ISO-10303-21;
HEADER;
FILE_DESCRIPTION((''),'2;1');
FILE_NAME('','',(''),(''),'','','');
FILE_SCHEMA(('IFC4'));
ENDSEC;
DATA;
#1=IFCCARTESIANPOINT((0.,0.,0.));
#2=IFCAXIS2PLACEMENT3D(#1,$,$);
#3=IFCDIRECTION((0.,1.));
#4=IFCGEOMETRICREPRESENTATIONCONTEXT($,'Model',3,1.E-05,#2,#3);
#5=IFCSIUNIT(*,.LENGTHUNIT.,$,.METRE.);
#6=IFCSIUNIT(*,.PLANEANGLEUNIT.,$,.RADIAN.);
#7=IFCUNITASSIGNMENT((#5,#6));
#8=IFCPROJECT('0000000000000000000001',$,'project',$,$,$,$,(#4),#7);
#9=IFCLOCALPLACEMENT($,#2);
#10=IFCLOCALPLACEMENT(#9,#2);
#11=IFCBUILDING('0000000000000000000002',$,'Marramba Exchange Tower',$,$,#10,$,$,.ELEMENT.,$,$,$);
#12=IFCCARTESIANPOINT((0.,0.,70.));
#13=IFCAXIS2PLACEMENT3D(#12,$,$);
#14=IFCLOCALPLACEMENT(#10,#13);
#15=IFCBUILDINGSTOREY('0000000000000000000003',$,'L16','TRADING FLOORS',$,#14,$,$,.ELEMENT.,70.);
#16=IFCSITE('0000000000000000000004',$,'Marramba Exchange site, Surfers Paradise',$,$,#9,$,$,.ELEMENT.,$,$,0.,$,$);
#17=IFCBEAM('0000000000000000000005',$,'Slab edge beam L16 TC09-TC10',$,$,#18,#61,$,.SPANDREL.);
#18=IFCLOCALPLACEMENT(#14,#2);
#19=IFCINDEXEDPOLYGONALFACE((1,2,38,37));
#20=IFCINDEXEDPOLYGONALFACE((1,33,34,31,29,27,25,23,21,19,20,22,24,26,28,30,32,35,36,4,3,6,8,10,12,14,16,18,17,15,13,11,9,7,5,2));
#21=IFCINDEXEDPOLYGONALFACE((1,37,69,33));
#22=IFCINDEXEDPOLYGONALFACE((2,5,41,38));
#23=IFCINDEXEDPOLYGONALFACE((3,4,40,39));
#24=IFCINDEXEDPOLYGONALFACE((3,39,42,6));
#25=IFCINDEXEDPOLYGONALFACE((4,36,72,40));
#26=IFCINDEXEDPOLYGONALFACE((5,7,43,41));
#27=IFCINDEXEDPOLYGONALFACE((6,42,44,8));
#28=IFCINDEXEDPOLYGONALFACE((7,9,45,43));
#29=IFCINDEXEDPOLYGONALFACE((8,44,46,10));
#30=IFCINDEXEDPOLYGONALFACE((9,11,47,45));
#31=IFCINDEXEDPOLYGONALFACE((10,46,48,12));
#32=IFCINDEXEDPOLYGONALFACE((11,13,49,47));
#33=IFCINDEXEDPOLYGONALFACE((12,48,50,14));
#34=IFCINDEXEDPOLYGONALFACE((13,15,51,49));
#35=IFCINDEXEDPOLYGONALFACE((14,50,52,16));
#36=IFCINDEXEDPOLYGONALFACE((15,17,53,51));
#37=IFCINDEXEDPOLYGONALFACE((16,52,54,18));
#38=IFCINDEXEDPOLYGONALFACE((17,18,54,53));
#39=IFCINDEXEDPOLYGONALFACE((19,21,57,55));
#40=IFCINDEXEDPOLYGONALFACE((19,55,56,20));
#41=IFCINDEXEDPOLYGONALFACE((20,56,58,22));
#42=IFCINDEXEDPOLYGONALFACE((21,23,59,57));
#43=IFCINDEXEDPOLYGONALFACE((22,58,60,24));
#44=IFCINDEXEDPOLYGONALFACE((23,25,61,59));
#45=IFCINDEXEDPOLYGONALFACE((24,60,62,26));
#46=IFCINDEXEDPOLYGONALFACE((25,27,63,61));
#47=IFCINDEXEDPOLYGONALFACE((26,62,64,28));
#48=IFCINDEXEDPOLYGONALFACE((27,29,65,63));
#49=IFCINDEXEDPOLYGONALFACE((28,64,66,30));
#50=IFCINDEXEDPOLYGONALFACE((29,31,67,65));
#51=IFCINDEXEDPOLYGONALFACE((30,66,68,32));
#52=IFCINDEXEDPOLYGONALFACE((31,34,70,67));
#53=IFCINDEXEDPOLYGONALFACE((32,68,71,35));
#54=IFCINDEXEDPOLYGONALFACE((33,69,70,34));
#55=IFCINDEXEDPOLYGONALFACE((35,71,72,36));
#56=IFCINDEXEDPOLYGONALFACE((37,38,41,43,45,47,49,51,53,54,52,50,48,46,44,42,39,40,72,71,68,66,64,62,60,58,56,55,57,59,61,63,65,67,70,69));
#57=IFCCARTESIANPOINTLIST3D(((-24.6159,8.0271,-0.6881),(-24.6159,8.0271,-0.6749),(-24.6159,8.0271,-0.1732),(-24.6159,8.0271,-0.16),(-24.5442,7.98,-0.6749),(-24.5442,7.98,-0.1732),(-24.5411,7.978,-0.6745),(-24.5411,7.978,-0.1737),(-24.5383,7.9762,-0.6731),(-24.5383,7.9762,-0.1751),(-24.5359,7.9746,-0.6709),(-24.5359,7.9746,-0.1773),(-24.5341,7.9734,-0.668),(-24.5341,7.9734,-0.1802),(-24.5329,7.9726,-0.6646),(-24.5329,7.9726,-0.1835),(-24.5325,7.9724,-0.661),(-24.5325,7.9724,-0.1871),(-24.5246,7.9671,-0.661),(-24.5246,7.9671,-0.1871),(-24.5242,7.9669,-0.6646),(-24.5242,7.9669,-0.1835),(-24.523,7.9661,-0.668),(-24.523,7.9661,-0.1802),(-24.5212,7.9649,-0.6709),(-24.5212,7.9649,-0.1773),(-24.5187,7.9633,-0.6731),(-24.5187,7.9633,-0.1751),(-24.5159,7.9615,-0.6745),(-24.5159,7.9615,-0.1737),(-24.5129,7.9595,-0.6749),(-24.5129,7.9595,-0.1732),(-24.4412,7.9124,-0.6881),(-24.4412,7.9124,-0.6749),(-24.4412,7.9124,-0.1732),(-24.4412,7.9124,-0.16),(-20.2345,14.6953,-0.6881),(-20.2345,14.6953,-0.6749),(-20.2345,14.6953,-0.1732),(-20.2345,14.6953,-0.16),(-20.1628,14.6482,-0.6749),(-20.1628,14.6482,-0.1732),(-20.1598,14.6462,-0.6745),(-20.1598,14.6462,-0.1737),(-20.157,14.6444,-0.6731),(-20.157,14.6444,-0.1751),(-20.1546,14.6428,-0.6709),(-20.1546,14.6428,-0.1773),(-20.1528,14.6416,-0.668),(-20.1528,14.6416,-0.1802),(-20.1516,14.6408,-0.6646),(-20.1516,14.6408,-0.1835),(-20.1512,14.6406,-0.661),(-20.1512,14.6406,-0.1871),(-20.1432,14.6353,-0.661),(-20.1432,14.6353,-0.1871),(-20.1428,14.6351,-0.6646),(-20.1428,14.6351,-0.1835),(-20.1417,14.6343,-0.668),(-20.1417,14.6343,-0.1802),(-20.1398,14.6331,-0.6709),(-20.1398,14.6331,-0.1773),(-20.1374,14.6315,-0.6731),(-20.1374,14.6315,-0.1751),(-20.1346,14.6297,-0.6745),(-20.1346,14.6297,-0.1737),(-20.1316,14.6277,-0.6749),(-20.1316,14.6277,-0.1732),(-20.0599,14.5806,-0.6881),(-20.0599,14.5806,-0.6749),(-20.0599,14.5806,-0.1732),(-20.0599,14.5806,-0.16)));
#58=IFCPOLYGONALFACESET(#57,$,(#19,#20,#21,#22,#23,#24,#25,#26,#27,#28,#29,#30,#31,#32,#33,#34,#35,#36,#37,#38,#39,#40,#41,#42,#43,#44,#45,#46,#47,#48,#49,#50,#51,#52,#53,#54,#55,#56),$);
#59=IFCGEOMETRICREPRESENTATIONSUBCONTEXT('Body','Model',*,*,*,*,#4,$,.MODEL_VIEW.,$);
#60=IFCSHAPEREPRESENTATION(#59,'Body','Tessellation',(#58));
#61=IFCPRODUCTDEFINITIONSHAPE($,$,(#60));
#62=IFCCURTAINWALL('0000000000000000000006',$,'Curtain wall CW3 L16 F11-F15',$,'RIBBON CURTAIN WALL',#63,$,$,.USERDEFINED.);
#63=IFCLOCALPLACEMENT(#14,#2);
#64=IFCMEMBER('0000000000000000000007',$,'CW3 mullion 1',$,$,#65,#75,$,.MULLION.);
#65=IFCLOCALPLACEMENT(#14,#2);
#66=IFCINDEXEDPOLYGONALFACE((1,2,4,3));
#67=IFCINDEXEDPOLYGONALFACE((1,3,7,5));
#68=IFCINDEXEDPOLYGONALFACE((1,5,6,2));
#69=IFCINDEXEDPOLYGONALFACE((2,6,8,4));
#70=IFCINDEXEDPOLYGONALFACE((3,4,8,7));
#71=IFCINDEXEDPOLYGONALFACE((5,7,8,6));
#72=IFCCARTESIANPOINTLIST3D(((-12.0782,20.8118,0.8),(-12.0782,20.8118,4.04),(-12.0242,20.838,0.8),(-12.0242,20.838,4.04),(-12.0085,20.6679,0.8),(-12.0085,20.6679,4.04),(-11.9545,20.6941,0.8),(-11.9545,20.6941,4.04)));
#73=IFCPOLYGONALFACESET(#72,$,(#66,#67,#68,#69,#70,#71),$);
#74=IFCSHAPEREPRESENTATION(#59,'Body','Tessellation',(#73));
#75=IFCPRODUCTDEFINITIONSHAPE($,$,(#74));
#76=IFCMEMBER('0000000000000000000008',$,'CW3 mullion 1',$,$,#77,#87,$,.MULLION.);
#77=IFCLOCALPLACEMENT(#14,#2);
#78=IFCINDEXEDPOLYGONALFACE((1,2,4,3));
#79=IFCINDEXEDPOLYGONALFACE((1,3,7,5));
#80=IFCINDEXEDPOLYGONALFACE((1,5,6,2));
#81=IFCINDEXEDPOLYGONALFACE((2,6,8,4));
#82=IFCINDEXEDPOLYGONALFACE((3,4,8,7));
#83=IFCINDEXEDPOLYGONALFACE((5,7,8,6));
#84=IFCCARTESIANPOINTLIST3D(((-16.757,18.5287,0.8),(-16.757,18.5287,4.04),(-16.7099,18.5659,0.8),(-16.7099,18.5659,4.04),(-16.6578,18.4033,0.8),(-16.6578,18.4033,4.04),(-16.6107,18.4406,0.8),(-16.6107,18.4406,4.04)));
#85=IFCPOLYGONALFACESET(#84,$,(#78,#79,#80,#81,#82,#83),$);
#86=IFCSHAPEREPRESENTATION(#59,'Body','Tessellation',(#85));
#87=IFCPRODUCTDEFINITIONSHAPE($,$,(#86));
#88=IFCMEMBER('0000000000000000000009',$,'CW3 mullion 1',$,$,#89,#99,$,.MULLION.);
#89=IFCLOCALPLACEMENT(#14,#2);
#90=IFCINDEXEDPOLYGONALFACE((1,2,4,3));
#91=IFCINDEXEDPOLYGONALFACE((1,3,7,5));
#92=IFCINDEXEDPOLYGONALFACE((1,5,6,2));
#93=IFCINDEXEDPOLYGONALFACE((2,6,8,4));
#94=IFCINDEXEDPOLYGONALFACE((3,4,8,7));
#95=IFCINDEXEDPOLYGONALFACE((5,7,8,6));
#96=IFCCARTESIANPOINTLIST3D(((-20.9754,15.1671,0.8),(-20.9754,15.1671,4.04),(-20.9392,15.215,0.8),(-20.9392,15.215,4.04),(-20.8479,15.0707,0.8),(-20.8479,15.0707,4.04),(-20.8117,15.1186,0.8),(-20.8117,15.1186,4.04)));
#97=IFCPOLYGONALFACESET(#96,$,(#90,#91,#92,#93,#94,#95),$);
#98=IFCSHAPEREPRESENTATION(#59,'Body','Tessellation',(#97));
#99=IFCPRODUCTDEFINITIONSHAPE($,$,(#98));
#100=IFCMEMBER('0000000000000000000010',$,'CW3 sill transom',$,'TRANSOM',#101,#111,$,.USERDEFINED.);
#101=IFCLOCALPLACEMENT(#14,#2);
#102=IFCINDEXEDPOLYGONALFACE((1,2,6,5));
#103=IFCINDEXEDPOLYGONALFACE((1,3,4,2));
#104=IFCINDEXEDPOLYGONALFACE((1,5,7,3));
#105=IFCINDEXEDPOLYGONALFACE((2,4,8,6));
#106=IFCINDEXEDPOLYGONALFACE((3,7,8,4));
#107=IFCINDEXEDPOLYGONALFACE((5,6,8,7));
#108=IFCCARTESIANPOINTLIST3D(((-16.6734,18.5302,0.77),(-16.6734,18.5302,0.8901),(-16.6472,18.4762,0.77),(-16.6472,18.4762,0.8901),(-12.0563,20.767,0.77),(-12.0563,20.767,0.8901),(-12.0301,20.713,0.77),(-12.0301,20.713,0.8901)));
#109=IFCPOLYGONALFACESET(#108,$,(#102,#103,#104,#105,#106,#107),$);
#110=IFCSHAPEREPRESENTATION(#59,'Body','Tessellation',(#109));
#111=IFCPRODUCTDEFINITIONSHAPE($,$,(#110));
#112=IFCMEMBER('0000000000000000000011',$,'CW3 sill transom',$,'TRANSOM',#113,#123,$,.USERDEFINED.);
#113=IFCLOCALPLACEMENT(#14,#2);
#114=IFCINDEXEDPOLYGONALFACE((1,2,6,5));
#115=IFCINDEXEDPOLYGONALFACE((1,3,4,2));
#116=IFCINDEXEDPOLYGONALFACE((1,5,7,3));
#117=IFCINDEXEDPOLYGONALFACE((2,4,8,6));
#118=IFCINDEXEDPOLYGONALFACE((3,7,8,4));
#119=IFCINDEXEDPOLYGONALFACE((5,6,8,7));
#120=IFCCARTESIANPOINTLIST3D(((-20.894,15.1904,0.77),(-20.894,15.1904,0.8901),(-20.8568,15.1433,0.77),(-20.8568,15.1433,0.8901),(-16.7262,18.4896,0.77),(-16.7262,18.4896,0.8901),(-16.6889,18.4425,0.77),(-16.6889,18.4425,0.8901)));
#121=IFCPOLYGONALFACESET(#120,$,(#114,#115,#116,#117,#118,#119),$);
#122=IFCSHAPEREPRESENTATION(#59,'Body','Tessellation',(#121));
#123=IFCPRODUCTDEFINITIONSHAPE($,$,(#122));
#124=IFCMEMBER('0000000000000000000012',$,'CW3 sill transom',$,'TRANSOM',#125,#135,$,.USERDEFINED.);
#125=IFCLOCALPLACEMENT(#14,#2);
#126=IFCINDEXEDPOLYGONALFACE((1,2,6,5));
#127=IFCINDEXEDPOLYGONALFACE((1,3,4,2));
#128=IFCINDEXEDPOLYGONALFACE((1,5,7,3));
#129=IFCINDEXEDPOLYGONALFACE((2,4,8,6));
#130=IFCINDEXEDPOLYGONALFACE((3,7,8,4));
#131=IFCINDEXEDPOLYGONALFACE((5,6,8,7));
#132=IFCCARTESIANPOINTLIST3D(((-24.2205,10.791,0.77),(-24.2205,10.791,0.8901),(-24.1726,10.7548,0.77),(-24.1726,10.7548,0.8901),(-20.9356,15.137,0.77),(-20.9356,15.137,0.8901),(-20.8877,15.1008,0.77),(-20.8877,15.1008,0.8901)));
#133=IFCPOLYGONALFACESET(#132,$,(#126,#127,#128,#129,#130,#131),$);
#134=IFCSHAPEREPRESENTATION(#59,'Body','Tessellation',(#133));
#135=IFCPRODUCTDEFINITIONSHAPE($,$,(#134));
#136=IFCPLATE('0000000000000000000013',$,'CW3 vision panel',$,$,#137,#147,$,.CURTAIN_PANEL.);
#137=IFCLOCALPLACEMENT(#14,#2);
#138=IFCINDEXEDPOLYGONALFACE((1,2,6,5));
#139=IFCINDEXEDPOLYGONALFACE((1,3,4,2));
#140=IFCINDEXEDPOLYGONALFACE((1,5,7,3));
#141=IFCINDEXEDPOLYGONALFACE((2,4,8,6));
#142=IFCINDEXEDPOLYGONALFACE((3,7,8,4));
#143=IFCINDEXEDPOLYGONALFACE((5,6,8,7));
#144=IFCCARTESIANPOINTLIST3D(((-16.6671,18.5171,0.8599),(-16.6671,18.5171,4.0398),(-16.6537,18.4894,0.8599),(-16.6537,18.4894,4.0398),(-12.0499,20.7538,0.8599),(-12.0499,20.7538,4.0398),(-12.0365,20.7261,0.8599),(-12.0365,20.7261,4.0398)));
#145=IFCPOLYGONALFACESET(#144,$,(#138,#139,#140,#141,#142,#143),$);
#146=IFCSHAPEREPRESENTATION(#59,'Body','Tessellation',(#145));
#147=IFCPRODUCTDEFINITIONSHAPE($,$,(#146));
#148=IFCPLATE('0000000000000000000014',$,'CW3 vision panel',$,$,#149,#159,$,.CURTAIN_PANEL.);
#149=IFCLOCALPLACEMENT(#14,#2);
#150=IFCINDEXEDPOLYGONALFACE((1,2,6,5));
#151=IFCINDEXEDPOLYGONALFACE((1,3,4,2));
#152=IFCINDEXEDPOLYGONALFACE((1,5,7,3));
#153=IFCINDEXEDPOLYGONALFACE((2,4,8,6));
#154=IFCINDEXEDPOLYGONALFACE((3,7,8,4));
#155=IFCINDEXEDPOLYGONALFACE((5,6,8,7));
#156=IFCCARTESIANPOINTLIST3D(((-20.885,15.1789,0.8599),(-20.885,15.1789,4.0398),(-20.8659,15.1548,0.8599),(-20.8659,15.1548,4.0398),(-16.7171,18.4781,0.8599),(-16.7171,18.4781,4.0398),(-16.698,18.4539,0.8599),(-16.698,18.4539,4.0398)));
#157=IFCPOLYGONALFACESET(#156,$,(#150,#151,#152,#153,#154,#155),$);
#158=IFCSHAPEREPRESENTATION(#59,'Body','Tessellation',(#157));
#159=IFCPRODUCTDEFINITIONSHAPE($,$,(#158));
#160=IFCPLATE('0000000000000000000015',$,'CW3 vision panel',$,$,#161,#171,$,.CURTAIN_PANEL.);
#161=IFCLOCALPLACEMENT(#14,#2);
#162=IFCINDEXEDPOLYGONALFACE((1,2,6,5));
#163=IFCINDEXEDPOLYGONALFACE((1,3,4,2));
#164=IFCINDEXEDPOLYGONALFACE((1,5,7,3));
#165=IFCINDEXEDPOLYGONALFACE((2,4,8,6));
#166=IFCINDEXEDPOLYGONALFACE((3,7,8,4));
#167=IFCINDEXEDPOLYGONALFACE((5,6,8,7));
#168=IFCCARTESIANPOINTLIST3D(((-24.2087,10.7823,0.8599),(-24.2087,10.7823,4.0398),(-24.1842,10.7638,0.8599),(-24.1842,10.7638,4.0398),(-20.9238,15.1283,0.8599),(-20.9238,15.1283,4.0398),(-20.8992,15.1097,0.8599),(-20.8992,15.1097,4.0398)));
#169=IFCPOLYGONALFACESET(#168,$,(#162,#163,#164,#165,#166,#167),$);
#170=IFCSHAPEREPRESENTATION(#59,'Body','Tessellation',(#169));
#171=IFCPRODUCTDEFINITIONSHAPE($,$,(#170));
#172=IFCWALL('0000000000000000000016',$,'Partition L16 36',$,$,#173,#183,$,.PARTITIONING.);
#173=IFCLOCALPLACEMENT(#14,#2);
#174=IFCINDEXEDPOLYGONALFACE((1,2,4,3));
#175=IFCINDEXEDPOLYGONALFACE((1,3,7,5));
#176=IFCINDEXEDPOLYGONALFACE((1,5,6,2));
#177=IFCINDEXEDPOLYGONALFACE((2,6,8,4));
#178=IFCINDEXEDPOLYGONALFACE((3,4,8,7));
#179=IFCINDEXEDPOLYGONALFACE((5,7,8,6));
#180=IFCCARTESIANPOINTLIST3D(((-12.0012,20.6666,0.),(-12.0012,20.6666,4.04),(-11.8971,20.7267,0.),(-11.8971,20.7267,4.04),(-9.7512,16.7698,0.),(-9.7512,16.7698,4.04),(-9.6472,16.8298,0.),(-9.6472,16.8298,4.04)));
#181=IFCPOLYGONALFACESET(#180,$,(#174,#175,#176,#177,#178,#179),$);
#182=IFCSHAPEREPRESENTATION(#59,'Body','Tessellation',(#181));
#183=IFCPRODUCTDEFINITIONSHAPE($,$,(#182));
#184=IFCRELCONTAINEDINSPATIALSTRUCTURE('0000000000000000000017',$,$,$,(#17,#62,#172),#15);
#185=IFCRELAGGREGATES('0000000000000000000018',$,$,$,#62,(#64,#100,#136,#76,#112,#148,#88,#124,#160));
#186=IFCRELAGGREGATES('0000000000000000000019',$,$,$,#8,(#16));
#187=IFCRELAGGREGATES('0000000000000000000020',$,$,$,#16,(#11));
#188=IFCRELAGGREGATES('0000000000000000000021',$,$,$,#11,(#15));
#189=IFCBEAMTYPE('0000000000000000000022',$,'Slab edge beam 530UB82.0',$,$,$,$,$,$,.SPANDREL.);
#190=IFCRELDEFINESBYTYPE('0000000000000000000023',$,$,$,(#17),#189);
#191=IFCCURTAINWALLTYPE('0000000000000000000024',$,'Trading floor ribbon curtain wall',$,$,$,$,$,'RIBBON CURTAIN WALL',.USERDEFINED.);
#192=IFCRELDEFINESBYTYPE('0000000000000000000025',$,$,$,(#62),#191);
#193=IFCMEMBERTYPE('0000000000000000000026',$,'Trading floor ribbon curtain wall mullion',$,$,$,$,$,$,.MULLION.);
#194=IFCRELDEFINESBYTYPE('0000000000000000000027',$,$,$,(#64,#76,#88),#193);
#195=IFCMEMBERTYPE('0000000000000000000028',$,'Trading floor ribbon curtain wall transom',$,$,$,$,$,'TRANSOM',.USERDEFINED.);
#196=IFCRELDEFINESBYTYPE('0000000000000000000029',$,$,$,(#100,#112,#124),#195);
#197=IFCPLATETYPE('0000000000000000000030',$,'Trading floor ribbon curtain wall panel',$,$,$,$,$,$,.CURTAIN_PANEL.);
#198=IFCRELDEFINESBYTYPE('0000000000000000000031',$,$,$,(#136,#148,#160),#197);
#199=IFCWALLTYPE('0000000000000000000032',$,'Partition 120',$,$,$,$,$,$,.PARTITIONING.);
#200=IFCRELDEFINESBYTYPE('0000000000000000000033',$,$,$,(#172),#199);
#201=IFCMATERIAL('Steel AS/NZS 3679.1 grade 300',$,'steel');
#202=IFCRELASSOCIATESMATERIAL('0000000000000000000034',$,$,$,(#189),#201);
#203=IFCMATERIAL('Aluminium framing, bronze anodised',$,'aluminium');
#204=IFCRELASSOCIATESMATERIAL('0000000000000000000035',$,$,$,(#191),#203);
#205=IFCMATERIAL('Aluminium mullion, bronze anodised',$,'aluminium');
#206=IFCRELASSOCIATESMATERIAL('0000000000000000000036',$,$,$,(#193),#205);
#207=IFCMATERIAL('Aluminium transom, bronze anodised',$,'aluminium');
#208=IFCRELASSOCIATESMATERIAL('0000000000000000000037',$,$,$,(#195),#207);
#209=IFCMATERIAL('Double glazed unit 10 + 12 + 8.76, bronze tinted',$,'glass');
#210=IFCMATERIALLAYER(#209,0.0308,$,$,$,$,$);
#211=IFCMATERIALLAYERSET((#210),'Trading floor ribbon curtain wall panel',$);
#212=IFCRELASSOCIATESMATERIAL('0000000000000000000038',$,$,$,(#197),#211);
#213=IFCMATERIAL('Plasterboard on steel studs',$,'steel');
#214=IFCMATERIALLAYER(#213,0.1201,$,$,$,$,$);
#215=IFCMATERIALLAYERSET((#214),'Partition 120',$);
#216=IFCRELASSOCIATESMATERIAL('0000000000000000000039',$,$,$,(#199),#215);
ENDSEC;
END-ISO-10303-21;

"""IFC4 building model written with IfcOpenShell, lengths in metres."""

from ifc_helpers import new_model, si_unit, direction, frame, frame_2d, origin, origin_2d, place, context, subcontext, project, spatial, rectangle, i_section, extrude, material, layer, layer_set, material_profile, profile_set, type_object, element, aggregate, save


model = new_model("IFC4")

# Units and contexts
model_context = context("Model", 3, precision=1e-05, world=origin(), true_north=direction((0.0, 1.0)))
body_context = subcontext(model_context, "Body", "Model", "MODEL_VIEW")
ifc_project = project(units=[si_unit("LENGTHUNIT", "METRE"), si_unit("PLANEANGLEUNIT", "RADIAN")], contexts=[model_context])

# Site, building, storey
site_placement = place(None, origin())
site = spatial("IfcSite", under=ifc_project, at=site_placement, Name="Marramba Exchange site, Surfers Paradise", CompositionType="ELEMENT", RefElevation=0.0)
building_placement = place(site_placement, origin())
building = spatial("IfcBuilding", under=site, at=building_placement, Name="Marramba Exchange Tower", CompositionType="ELEMENT")
storey_placement = place(building_placement, frame((0.0, 0.0, 70.0)))
storey = spatial("IfcBuildingStorey", under=building, at=storey_placement, Name="L16", Description="TRADING FLOORS", CompositionType="ELEMENT", Elevation=70.0)

# Beam
ifc_material_1 = material(Name="Steel AS/NZS 3679.1 grade 300", Category="steel")
ifc_material_profile_1 = material_profile(ifc_material_1, i_section(OverallWidth=0.209, OverallDepth=0.5281, WebThickness=0.0095, FlangeThickness=0.0132, FilletRadius=0.0139, at=origin_2d()), Name="530UB82.0")
ifc_profile_set_1 = profile_set([ifc_material_profile_1], Name="Steel AS/NZS 3679.1 grade 300")
beam_type_1 = type_object("IfcBeamType", Name="Slab edge beam 530UB82.0", PredefinedType="SPANDREL", material=ifc_profile_set_1)
beam_1_placement = place(storey_placement, frame((-20.1472, 14.6379, -0.4241), z_axis=(-0.549124, -0.835741, 0.0), x_axis=(0.835741, -0.549124, 0.0)))
element("IfcBeam", 1, at=beam_1_placement, inside=storey, type_object=beam_type_1, Name="Slab edge beam L16 TC09-TC10", PredefinedType="SPANDREL", context=body_context, shape_type="SweptSolid", body=[
    extrude(i_section(OverallWidth=0.209, OverallDepth=0.5281, WebThickness=0.0095, FlangeThickness=0.0132, FilletRadius=0.0139, at=origin_2d()), origin(), (0.0, 0.0, 1.0), 7.9788),
])

# Curtain wall, members, plates
ifc_material_2 = material(Name="Aluminium framing, bronze anodised", Category="aluminium")
curtain_wall_type = type_object("IfcCurtainWallType", Name="Trading floor ribbon curtain wall", ElementType="RIBBON CURTAIN WALL", PredefinedType="USERDEFINED", material=ifc_material_2)
curtain_wall_placement = place(storey_placement, origin())
curtain_wall = element("IfcCurtainWall", 2, at=curtain_wall_placement, inside=storey, type_object=curtain_wall_type, Name="Curtain wall CW3 L16 F11-F15", ObjectType="RIBBON CURTAIN WALL", PredefinedType="USERDEFINED")
ifc_material_3 = material(Name="Aluminium mullion, bronze anodised", Category="aluminium")
ifc_material_profile_2 = material_profile(ifc_material_3, rectangle(XDim=0.1599, YDim=0.0601, at=origin_2d()), Name="CW3 mullion 60x160")
ifc_profile_set_2 = profile_set([ifc_material_profile_2], Name="Aluminium mullion, bronze anodised")
member_type_1 = type_object("IfcMemberType", Name="Trading floor ribbon curtain wall mullion", PredefinedType="MULLION", material=ifc_profile_set_2)
member_1_placement = place(storey_placement, frame((-12.0164, 20.7529, 0.8), z_axis=(0.0, 0.0, 1.0), x_axis=(0.435965, -0.899963, 0.0)))
member_1 = element("IfcMember", 3, at=member_1_placement, type_object=member_type_1, Name="CW3 mullion 1", PredefinedType="MULLION", context=body_context, shape_type="SweptSolid", body=[
    extrude(rectangle(XDim=0.1599, YDim=0.0601, at=origin_2d()), origin(), (0.0, 0.0, 1.0), 3.24),
])
member_2_placement = place(storey_placement, frame((-16.6838, 18.4846, 0.8), z_axis=(0.0, 0.0, 1.0), x_axis=(0.62065, -0.784088, 0.0)))
member_2 = element("IfcMember", 4, at=member_2_placement, type_object=member_type_1, Name="CW3 mullion 1", PredefinedType="MULLION", context=body_context, shape_type="SweptSolid", body=[
    extrude(rectangle(XDim=0.1599, YDim=0.0601, at=origin_2d()), origin(), (0.0, 0.0, 1.0), 3.24),
])
member_3_placement = place(storey_placement, frame((-20.8936, 15.1428, 0.8), z_axis=(0.0, 0.0, 1.0), x_axis=(0.797749, -0.60299, 0.0)))
member_3 = element("IfcMember", 5, at=member_3_placement, type_object=member_type_1, Name="CW3 mullion 1", PredefinedType="MULLION", context=body_context, shape_type="SweptSolid", body=[
    extrude(rectangle(XDim=0.1599, YDim=0.0601, at=origin_2d()), origin(), (0.0, 0.0, 1.0), 3.24),
])
ifc_material_4 = material(Name="Aluminium transom, bronze anodised", Category="aluminium")
ifc_material_profile_3 = material_profile(ifc_material_4, rectangle(XDim=0.0601, YDim=0.1201, at=origin_2d()), Name="CW3 transom 60x120")
ifc_profile_set_3 = profile_set([ifc_material_profile_3], Name="Aluminium transom, bronze anodised")
member_type_2 = type_object("IfcMemberType", Name="Trading floor ribbon curtain wall transom", ElementType="TRANSOM", PredefinedType="USERDEFINED", material=ifc_profile_set_3)
member_4_placement = place(storey_placement, frame((-12.0432, 20.74, 0.8301), z_axis=(-0.899953, -0.435986, 0.0), x_axis=(0.435986, -0.899953, 0.0)))
member_4 = element("IfcMember", 6, at=member_4_placement, type_object=member_type_2, Name="CW3 sill transom", ObjectType="TRANSOM", PredefinedType="USERDEFINED", context=body_context, shape_type="SweptSolid", body=[
    extrude(rectangle(XDim=0.0601, YDim=0.1201, at=origin_2d()), origin(), (0.0, 0.0, 1.0), 5.1304),
])
member_5_placement = place(storey_placement, frame((-16.7075, 18.4661, 0.8301), z_axis=(-0.784076, -0.620665, 0.0), x_axis=(0.620665, -0.784076, 0.0)))
member_5 = element("IfcMember", 7, at=member_5_placement, type_object=member_type_2, Name="CW3 sill transom", ObjectType="TRANSOM", PredefinedType="USERDEFINED", context=body_context, shape_type="SweptSolid", body=[
    extrude(rectangle(XDim=0.0601, YDim=0.1201, at=origin_2d()), origin(), (0.0, 0.0, 1.0), 5.3157),
])
member_6_placement = place(storey_placement, frame((-20.9116, 15.1189, 0.8301), z_axis=(-0.602986, -0.797752, 0.0), x_axis=(0.797752, -0.602986, 0.0)))
member_6 = element("IfcMember", 8, at=member_6_placement, type_object=member_type_2, Name="CW3 sill transom", ObjectType="TRANSOM", PredefinedType="USERDEFINED", context=body_context, shape_type="SweptSolid", body=[
    extrude(rectangle(XDim=0.0601, YDim=0.1201, at=origin_2d()), origin(), (0.0, 0.0, 1.0), 5.4478),
])
ifc_material_5 = material(Name="Double glazed unit 10 + 12 + 8.76, bronze tinted", Category="glass")
ifc_layer_1 = layer(ifc_material_5, 0.0308)
ifc_layer_set_1 = layer_set([ifc_layer_1], Name="Trading floor ribbon curtain wall panel")
plate_type = type_object("IfcPlateType", Name="Trading floor ribbon curtain wall panel", PredefinedType="CURTAIN_PANEL", material=ifc_layer_set_1)
plate_1_placement = place(storey_placement, frame((-14.3518, 19.6216, 0.8599), z_axis=(0.0, 0.0, 1.0), x_axis=(-0.899963, -0.435965, 0.0)))
plate_1 = element("IfcPlate", 9, at=plate_1_placement, type_object=plate_type, Name="CW3 vision panel", PredefinedType="CURTAIN_PANEL", context=body_context, shape_type="SweptSolid", body=[
    extrude(rectangle(XDim=5.1304, YDim=0.0308, at=origin_2d()), origin(), (0.0, 0.0, 1.0), 3.1799),
])
plate_2_placement = place(storey_placement, frame((-18.7915, 16.8164, 0.8599), z_axis=(0.0, 0.0, 1.0), x_axis=(-0.784088, -0.62065, 0.0)))
plate_2 = element("IfcPlate", 10, at=plate_2_placement, type_object=plate_type, Name="CW3 vision panel", PredefinedType="CURTAIN_PANEL", context=body_context, shape_type="SweptSolid", body=[
    extrude(rectangle(XDim=5.3157, YDim=0.0308, at=origin_2d()), origin(), (0.0, 0.0, 1.0), 3.1799),
])
plate_3_placement = place(storey_placement, frame((-22.554, 12.946, 0.8599), z_axis=(0.0, 0.0, 1.0), x_axis=(-0.60299, -0.797749, 0.0)))
plate_3 = element("IfcPlate", 11, at=plate_3_placement, type_object=plate_type, Name="CW3 vision panel", PredefinedType="CURTAIN_PANEL", context=body_context, shape_type="SweptSolid", body=[
    extrude(rectangle(XDim=5.4478, YDim=0.0308, at=origin_2d()), origin(), (0.0, 0.0, 1.0), 3.1799),
])
aggregate(curtain_wall, [member_1, member_4, plate_1, member_2, member_5, plate_2, member_3, member_6, plate_3])

# Wall
ifc_material_6 = material(Name="Plasterboard on steel studs", Category="steel")
ifc_layer_2 = layer(ifc_material_6, 0.1201)
ifc_layer_set_2 = layer_set([ifc_layer_2], Name="Partition 120")
wall_type_1 = type_object("IfcWallType", Name="Partition 120", PredefinedType="PARTITIONING", material=ifc_layer_set_2)
wall_1_placement = place(storey_placement, frame((-11.9492, 20.6968, 0.0), z_axis=(0.0, 0.0, 1.0), x_axis=(0.500014, -0.866018, 0.0)))
element("IfcWall", 12, at=wall_1_placement, inside=storey, type_object=wall_type_1, Name="Partition L16 36", PredefinedType="PARTITIONING", context=body_context, shape_type="SweptSolid", body=[
    extrude(rectangle(XDim=4.4998, YDim=0.1201, at=frame_2d((2.25, 0.0))), origin(), (0.0, 0.0, 1.0), 4.04),
])

save(model, "model.ifc")
